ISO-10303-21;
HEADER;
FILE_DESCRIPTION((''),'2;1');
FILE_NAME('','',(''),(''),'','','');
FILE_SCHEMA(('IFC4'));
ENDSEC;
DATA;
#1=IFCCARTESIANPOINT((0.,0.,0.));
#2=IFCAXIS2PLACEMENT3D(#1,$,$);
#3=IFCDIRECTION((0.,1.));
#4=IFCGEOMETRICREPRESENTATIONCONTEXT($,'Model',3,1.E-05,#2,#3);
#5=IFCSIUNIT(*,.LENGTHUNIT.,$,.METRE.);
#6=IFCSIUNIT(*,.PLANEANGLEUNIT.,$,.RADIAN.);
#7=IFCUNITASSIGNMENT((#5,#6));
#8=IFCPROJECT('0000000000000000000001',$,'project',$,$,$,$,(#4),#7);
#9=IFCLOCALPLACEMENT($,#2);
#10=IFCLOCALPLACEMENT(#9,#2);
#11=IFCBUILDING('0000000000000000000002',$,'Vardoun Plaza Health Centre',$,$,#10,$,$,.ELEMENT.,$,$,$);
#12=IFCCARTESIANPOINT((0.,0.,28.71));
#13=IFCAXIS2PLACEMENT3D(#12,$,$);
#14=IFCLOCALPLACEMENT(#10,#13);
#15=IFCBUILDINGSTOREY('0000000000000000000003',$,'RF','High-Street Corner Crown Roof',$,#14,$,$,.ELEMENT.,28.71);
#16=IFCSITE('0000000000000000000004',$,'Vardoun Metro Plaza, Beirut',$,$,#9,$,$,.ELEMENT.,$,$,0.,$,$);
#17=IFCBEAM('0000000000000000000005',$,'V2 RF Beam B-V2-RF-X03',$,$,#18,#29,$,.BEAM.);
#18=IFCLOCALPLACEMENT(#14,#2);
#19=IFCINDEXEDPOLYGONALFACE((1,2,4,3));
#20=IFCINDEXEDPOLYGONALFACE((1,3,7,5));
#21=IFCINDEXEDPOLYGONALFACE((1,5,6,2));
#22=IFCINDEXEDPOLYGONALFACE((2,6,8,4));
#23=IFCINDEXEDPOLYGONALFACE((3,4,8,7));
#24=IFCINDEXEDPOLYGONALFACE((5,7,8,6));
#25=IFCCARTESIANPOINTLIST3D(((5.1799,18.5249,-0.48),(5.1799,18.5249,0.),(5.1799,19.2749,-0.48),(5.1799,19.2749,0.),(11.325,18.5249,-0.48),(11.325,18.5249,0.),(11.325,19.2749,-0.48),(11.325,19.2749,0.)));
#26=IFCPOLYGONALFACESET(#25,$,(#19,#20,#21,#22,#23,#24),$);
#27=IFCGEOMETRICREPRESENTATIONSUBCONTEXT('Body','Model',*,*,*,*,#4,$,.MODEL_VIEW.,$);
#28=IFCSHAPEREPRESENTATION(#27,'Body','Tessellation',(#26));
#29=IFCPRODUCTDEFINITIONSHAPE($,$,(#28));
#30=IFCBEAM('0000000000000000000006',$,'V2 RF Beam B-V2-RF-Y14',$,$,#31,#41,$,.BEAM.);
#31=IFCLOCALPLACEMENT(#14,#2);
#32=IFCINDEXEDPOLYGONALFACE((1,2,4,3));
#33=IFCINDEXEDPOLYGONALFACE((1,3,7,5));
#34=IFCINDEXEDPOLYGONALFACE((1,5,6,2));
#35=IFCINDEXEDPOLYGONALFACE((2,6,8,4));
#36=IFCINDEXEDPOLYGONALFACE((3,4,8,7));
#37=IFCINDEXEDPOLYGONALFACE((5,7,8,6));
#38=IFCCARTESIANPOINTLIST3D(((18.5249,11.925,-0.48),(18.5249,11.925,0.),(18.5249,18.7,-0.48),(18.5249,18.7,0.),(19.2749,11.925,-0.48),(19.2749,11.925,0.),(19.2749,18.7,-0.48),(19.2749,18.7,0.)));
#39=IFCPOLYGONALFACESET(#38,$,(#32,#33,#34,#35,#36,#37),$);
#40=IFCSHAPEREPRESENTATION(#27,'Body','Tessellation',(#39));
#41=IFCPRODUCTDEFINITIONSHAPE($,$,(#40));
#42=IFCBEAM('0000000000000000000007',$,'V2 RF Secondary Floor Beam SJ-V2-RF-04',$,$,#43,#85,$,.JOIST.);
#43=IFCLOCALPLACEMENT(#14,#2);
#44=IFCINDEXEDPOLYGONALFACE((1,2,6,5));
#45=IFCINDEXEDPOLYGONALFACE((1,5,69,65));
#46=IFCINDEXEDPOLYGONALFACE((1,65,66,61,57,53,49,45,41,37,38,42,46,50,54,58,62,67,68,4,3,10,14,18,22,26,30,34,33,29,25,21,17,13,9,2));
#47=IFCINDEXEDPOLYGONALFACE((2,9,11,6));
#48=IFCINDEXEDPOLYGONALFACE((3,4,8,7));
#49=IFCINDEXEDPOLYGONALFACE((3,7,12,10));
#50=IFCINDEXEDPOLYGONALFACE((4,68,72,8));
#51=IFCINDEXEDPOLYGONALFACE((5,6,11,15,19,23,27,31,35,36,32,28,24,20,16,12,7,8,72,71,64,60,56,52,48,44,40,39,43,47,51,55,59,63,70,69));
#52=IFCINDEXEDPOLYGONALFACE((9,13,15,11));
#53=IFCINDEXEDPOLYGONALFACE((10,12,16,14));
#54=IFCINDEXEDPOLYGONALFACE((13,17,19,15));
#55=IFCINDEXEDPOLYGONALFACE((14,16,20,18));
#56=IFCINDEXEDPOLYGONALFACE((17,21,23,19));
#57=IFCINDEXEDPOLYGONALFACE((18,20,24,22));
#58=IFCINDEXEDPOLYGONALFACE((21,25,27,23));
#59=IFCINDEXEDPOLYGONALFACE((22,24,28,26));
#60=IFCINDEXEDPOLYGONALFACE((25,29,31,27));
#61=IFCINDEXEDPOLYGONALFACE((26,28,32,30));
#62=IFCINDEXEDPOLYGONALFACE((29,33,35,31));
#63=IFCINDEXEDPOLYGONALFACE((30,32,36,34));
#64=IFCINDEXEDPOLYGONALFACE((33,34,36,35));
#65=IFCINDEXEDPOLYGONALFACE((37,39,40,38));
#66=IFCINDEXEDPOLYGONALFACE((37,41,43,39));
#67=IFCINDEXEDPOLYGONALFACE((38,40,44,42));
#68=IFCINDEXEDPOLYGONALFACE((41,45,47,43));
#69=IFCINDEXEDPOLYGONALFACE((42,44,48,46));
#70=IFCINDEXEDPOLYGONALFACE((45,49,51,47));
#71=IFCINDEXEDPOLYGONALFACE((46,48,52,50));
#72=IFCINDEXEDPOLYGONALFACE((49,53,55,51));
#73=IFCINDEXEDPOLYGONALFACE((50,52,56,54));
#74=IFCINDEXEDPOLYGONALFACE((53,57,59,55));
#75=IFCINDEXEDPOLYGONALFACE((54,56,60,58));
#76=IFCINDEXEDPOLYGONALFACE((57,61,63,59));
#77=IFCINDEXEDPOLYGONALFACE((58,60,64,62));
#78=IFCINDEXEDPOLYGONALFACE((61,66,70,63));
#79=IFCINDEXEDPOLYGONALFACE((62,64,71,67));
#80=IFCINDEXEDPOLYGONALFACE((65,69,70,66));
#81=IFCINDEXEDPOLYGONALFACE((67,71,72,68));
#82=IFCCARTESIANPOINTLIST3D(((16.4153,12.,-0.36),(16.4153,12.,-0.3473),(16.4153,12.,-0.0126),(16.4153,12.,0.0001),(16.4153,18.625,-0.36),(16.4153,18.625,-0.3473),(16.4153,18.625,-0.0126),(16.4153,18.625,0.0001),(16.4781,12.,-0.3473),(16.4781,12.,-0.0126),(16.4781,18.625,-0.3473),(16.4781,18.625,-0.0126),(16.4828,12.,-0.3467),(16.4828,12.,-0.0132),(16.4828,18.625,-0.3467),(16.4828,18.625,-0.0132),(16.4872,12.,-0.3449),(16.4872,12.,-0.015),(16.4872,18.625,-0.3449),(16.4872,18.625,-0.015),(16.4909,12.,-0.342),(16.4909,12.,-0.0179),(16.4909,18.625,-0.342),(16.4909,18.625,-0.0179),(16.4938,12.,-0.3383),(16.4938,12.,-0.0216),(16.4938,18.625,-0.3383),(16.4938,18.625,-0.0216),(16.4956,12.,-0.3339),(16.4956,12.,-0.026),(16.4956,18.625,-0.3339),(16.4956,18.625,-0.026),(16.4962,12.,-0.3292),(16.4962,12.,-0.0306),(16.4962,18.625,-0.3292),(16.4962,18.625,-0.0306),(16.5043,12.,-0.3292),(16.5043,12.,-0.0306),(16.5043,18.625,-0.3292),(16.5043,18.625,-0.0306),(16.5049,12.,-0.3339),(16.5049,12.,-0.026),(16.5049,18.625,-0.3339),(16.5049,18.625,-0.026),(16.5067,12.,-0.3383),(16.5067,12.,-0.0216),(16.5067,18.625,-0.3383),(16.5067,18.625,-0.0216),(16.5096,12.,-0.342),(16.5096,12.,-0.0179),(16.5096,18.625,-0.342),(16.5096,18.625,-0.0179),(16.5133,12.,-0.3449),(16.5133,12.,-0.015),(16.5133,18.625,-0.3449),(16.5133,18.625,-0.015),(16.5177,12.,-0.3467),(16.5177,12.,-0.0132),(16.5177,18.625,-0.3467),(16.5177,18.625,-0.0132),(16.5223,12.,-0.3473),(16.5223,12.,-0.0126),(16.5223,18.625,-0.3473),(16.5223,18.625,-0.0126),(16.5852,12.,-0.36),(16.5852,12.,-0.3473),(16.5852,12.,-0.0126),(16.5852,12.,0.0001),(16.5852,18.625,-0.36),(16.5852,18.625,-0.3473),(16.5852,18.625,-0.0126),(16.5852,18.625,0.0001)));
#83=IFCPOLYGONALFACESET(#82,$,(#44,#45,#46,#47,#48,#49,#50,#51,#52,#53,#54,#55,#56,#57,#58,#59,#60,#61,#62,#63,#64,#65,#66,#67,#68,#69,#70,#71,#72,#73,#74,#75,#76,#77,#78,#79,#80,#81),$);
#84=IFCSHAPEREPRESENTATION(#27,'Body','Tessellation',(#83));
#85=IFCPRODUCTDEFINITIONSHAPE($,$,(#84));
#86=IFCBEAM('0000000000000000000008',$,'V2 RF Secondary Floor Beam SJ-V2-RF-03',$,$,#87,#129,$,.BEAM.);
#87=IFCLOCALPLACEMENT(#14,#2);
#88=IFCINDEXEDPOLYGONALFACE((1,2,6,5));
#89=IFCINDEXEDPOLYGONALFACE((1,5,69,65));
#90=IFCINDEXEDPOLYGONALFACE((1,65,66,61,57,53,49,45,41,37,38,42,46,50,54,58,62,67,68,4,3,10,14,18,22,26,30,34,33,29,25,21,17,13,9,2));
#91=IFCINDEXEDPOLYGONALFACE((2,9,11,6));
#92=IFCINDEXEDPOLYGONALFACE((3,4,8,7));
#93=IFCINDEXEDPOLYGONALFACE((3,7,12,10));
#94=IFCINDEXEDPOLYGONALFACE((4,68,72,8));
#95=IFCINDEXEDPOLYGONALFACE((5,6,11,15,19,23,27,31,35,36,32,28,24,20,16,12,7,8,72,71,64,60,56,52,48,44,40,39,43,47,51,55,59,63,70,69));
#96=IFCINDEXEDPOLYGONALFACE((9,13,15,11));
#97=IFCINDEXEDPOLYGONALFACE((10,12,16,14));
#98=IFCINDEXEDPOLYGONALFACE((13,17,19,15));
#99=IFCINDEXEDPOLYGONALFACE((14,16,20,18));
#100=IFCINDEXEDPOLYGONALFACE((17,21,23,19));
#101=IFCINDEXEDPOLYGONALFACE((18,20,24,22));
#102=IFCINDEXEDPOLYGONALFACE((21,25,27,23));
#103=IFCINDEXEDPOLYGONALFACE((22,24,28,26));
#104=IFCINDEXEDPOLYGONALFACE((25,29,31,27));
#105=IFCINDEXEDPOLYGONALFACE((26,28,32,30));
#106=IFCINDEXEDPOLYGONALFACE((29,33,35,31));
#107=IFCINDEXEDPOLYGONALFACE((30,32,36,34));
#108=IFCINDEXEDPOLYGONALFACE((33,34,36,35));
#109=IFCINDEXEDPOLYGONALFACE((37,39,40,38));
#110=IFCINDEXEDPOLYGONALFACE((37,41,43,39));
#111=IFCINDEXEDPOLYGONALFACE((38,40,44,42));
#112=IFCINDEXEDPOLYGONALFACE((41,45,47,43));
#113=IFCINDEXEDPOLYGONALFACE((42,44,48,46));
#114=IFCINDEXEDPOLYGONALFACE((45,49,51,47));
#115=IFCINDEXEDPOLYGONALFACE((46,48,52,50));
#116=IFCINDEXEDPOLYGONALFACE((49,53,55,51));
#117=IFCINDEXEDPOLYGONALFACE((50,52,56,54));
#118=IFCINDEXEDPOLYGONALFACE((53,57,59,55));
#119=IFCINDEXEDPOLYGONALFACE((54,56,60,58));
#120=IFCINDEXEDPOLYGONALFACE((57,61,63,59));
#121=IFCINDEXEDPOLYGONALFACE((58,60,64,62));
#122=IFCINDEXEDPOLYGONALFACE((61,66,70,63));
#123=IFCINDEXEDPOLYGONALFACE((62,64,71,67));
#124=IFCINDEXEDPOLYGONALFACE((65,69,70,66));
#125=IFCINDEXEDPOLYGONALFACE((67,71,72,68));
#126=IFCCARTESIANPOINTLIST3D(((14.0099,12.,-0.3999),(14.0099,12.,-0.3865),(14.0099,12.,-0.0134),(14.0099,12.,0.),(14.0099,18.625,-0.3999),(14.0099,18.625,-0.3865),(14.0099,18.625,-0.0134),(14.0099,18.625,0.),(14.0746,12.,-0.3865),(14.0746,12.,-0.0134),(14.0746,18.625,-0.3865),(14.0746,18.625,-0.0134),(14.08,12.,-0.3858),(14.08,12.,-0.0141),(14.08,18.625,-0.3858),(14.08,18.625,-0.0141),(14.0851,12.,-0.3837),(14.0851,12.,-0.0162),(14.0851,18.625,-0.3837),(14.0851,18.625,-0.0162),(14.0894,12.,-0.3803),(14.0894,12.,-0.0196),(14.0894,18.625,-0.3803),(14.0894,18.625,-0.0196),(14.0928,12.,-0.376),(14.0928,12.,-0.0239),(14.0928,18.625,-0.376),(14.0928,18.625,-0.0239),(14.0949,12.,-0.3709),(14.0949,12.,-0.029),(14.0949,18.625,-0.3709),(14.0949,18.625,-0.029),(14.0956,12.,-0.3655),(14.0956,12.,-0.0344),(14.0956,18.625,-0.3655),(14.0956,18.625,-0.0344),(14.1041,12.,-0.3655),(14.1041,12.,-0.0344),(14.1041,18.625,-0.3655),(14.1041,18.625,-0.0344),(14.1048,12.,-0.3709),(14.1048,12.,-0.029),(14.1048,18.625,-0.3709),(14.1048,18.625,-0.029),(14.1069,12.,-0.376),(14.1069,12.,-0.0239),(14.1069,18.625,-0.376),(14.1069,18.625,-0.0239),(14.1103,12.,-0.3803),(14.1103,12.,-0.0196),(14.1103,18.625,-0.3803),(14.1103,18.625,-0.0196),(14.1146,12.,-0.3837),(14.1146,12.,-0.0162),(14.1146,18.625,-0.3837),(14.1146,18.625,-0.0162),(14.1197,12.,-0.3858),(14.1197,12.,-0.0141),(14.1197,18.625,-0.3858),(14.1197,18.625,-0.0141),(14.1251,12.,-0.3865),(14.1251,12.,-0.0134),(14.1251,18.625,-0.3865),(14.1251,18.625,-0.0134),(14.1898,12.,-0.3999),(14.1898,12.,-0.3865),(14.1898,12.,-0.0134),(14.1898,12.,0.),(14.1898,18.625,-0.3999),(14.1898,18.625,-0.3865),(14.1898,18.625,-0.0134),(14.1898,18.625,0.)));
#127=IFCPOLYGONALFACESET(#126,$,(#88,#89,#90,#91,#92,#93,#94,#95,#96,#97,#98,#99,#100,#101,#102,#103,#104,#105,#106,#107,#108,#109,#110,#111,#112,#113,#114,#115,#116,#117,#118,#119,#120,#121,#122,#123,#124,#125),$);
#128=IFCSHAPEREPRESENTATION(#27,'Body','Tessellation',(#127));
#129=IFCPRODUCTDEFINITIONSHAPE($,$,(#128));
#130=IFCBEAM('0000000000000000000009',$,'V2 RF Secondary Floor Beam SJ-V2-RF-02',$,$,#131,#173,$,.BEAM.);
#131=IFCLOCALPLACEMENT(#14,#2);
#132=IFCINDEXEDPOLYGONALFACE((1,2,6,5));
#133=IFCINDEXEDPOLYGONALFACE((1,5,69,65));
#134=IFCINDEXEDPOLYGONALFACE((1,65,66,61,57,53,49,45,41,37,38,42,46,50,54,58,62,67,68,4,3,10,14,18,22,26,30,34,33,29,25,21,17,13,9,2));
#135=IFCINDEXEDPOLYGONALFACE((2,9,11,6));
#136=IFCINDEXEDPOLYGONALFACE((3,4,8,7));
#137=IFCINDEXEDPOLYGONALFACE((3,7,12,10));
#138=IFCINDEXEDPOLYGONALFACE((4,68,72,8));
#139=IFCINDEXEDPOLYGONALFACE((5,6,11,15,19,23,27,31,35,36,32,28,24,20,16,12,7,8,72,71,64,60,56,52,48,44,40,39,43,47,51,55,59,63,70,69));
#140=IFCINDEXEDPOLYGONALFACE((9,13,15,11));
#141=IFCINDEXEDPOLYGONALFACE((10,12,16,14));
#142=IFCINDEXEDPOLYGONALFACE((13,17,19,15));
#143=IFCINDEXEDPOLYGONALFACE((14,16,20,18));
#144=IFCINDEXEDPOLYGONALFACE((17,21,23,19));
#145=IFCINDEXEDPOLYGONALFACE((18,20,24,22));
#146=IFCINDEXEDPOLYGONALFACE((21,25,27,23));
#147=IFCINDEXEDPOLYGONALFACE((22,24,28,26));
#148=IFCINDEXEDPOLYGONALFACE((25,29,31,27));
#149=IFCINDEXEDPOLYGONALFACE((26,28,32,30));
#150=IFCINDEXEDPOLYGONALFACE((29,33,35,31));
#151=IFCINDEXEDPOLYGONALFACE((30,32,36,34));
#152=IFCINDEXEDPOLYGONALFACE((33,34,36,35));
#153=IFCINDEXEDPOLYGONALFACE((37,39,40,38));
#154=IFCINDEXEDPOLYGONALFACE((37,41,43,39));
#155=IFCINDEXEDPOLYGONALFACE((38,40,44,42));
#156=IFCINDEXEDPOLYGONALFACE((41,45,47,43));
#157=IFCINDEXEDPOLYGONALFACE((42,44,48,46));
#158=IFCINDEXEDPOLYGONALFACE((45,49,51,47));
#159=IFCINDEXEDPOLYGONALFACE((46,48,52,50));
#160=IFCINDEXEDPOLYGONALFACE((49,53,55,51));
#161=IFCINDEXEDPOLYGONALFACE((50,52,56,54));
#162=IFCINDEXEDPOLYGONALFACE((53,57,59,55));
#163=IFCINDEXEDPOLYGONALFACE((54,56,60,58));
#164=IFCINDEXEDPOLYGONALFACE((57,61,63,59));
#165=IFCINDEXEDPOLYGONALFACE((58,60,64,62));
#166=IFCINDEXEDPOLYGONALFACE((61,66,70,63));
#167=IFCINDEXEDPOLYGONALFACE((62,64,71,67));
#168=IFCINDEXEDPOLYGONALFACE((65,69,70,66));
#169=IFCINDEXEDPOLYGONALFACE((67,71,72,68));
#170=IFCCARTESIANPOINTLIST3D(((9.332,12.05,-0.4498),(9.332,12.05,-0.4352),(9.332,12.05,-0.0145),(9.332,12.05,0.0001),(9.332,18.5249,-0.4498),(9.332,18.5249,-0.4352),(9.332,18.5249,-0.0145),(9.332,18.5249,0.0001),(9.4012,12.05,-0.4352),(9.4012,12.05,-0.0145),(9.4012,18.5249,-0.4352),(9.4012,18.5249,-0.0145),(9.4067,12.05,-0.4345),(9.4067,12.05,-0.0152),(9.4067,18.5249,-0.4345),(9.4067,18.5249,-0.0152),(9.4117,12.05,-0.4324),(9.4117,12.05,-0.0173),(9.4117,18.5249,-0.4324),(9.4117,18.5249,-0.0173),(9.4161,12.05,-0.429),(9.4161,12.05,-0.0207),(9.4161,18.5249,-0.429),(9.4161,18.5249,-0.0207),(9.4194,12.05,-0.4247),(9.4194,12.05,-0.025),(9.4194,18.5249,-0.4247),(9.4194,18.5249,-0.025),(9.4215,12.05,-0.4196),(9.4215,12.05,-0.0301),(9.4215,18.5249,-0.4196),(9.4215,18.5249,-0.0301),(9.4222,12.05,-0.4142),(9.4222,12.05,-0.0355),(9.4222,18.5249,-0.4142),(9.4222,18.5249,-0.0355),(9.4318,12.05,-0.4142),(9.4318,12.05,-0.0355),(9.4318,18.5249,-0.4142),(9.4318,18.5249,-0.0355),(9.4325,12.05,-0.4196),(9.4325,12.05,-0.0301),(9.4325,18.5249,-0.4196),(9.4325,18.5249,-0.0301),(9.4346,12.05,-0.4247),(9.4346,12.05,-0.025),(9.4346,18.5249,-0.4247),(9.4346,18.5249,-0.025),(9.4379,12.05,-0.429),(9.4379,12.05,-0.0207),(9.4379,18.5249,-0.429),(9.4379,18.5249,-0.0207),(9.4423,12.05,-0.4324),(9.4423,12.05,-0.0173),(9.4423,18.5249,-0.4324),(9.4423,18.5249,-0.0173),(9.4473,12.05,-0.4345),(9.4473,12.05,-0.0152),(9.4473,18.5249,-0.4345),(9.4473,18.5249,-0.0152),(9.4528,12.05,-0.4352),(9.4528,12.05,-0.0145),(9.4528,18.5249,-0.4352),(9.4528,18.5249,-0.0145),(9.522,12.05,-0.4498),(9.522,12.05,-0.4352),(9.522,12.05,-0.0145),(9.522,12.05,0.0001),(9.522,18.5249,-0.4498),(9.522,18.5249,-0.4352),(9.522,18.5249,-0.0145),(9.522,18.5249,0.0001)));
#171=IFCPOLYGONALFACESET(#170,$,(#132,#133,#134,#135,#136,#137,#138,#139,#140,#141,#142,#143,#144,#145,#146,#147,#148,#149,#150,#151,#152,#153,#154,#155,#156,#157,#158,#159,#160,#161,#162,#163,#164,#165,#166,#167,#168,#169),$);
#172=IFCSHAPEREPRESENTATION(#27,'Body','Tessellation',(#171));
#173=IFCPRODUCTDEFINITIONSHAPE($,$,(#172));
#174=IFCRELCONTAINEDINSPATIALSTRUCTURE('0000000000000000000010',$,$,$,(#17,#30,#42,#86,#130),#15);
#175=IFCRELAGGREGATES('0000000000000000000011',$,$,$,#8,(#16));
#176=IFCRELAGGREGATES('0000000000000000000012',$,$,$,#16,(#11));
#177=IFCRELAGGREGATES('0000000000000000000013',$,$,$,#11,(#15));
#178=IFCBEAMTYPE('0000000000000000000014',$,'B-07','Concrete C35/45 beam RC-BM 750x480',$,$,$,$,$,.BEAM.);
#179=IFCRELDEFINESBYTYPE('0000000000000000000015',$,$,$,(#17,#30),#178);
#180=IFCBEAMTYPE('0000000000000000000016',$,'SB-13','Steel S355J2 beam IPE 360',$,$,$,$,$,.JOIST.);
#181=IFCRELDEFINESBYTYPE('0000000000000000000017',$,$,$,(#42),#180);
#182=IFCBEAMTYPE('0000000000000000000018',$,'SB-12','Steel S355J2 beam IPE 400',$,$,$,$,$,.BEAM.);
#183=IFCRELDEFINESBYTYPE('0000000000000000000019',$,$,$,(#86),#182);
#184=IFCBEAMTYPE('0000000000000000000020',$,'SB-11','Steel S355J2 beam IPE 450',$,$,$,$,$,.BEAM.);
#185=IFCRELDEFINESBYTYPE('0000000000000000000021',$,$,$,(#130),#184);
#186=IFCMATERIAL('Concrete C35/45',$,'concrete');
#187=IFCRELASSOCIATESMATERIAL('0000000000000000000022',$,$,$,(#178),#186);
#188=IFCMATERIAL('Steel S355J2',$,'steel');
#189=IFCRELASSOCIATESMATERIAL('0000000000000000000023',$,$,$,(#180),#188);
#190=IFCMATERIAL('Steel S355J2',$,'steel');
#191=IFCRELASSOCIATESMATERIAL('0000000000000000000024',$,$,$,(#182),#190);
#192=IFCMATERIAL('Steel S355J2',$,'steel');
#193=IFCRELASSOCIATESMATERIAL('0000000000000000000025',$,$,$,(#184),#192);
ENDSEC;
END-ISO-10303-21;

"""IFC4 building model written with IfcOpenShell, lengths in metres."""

from ifc_helpers import new_model, si_unit, direction, frame, origin, origin_2d, place, context, subcontext, project, spatial, rectangle, i_section, extrude, material, material_profile, profile_set, type_object, element, save


model = new_model("IFC4")

# Units and contexts
model_context = context("Model", 3, precision=1e-05, world=origin(), true_north=direction((0.0, 1.0)))
body_context = subcontext(model_context, "Body", "Model", "MODEL_VIEW")
ifc_project = project(units=[si_unit("LENGTHUNIT", "METRE"), si_unit("PLANEANGLEUNIT", "RADIAN")], contexts=[model_context])

# Site, building, storey
site_placement = place(None, origin())
site = spatial("IfcSite", under=ifc_project, at=site_placement, Name="Vardoun Metro Plaza, Beirut", CompositionType="ELEMENT", RefElevation=0.0)
building_placement = place(site_placement, origin())
building = spatial("IfcBuilding", under=site, at=building_placement, Name="Vardoun Plaza Health Centre", CompositionType="ELEMENT")
storey_placement = place(building_placement, frame((0.0, 0.0, 28.71)))
storey = spatial("IfcBuildingStorey", under=building, at=storey_placement, Name="RF", Description="High-Street Corner Crown Roof", CompositionType="ELEMENT", Elevation=28.71)

# Beams
ifc_material_1 = material(Name="Concrete C35/45", Category="concrete")
ifc_material_profile_1 = material_profile(ifc_material_1, rectangle(XDim=0.75, YDim=0.48, at=origin_2d()), Name="RC-BM 750x480")
ifc_profile_set_1 = profile_set([ifc_material_profile_1], Name="Concrete C35/45")
beam_type_1 = type_object("IfcBeamType", Name="B-07", Description="Concrete C35/45 beam RC-BM 750x480", PredefinedType="BEAM", material=ifc_profile_set_1)
beam_1_placement = place(storey_placement, frame((5.1799, 18.8999, -0.24), z_axis=(1.0, 0.0, 0.0), x_axis=(0.0, 1.0, 0.0)))
element("IfcBeam", 1, at=beam_1_placement, inside=storey, type_object=beam_type_1, Name="V2 RF Beam B-V2-RF-X03", PredefinedType="BEAM", context=body_context, shape_type="SweptSolid", body=[
    extrude(rectangle(XDim=0.75, YDim=0.48, at=origin_2d()), origin(), (0.0, 0.0, 1.0), 6.145),
])
beam_2_placement = place(storey_placement, frame((18.8999, 11.925, -0.24), z_axis=(0.0, 1.0, 0.0), x_axis=(-1.0, 0.0, 0.0)))
element("IfcBeam", 2, at=beam_2_placement, inside=storey, type_object=beam_type_1, Name="V2 RF Beam B-V2-RF-Y14", PredefinedType="BEAM", context=body_context, shape_type="SweptSolid", body=[
    extrude(rectangle(XDim=0.75, YDim=0.48, at=origin_2d()), origin(), (0.0, 0.0, 1.0), 6.7749),
])
ifc_material_2 = material(Name="Steel S355J2", Category="steel")
ifc_material_profile_2 = material_profile(ifc_material_2, i_section(OverallWidth=0.1699, OverallDepth=0.3601, WebThickness=0.0081, FlangeThickness=0.0127, FilletRadius=0.0181, at=origin_2d()), Name="IPE 360")
ifc_profile_set_2 = profile_set([ifc_material_profile_2], Name="Steel S355J2")
beam_type_2 = type_object("IfcBeamType", Name="SB-13", Description="Steel S355J2 beam IPE 360", PredefinedType="JOIST", material=ifc_profile_set_2)
beam_3_placement = place(storey_placement, frame((16.5002, 12.0, -0.1799), z_axis=(0.0, 1.0, 0.0), x_axis=(-1.0, 0.0, 0.0)))
element("IfcBeam", 3, at=beam_3_placement, inside=storey, type_object=beam_type_2, Name="V2 RF Secondary Floor Beam SJ-V2-RF-04", PredefinedType="JOIST", context=body_context, shape_type="SweptSolid", body=[
    extrude(i_section(OverallWidth=0.1699, OverallDepth=0.3601, WebThickness=0.0081, FlangeThickness=0.0127, FilletRadius=0.0181, at=origin_2d()), origin(), (0.0, 0.0, 1.0), 6.625),
])
ifc_material_3 = material(Name="Steel S355J2", Category="steel")
ifc_material_profile_3 = material_profile(ifc_material_3, i_section(OverallWidth=0.1799, OverallDepth=0.3999, WebThickness=0.0085, FlangeThickness=0.0134, FilletRadius=0.021, at=origin_2d()), Name="IPE 400")
ifc_profile_set_3 = profile_set([ifc_material_profile_3], Name="Steel S355J2")
beam_type_3 = type_object("IfcBeamType", Name="SB-12", Description="Steel S355J2 beam IPE 400", PredefinedType="BEAM", material=ifc_profile_set_3)
beam_4_placement = place(storey_placement, frame((14.0999, 12.0, -0.2), z_axis=(0.0, 1.0, 0.0), x_axis=(-1.0, 0.0, 0.0)))
element("IfcBeam", 4, at=beam_4_placement, inside=storey, type_object=beam_type_3, Name="V2 RF Secondary Floor Beam SJ-V2-RF-03", PredefinedType="BEAM", context=body_context, shape_type="SweptSolid", body=[
    extrude(i_section(OverallWidth=0.1799, OverallDepth=0.3999, WebThickness=0.0085, FlangeThickness=0.0134, FilletRadius=0.021, at=origin_2d()), origin(), (0.0, 0.0, 1.0), 6.625),
])
ifc_material_4 = material(Name="Steel S355J2", Category="steel")
ifc_material_profile_4 = material_profile(ifc_material_4, i_section(OverallWidth=0.1899, OverallDepth=0.45, WebThickness=0.0095, FlangeThickness=0.0146, FilletRadius=0.021, at=origin_2d()), Name="IPE 450")
ifc_profile_set_4 = profile_set([ifc_material_profile_4], Name="Steel S355J2")
beam_type_4 = type_object("IfcBeamType", Name="SB-11", Description="Steel S355J2 beam IPE 450", PredefinedType="BEAM", material=ifc_profile_set_4)
beam_5_placement = place(storey_placement, frame((9.427, 12.05, -0.2249), z_axis=(0.0, 1.0, 0.0), x_axis=(-1.0, 0.0, 0.0)))
element("IfcBeam", 5, at=beam_5_placement, inside=storey, type_object=beam_type_4, Name="V2 RF Secondary Floor Beam SJ-V2-RF-02", PredefinedType="BEAM", context=body_context, shape_type="SweptSolid", body=[
    extrude(i_section(OverallWidth=0.1899, OverallDepth=0.45, WebThickness=0.0095, FlangeThickness=0.0146, FilletRadius=0.021, at=origin_2d()), origin(), (0.0, 0.0, 1.0), 6.4749),
])

save(model, "model.ifc")
